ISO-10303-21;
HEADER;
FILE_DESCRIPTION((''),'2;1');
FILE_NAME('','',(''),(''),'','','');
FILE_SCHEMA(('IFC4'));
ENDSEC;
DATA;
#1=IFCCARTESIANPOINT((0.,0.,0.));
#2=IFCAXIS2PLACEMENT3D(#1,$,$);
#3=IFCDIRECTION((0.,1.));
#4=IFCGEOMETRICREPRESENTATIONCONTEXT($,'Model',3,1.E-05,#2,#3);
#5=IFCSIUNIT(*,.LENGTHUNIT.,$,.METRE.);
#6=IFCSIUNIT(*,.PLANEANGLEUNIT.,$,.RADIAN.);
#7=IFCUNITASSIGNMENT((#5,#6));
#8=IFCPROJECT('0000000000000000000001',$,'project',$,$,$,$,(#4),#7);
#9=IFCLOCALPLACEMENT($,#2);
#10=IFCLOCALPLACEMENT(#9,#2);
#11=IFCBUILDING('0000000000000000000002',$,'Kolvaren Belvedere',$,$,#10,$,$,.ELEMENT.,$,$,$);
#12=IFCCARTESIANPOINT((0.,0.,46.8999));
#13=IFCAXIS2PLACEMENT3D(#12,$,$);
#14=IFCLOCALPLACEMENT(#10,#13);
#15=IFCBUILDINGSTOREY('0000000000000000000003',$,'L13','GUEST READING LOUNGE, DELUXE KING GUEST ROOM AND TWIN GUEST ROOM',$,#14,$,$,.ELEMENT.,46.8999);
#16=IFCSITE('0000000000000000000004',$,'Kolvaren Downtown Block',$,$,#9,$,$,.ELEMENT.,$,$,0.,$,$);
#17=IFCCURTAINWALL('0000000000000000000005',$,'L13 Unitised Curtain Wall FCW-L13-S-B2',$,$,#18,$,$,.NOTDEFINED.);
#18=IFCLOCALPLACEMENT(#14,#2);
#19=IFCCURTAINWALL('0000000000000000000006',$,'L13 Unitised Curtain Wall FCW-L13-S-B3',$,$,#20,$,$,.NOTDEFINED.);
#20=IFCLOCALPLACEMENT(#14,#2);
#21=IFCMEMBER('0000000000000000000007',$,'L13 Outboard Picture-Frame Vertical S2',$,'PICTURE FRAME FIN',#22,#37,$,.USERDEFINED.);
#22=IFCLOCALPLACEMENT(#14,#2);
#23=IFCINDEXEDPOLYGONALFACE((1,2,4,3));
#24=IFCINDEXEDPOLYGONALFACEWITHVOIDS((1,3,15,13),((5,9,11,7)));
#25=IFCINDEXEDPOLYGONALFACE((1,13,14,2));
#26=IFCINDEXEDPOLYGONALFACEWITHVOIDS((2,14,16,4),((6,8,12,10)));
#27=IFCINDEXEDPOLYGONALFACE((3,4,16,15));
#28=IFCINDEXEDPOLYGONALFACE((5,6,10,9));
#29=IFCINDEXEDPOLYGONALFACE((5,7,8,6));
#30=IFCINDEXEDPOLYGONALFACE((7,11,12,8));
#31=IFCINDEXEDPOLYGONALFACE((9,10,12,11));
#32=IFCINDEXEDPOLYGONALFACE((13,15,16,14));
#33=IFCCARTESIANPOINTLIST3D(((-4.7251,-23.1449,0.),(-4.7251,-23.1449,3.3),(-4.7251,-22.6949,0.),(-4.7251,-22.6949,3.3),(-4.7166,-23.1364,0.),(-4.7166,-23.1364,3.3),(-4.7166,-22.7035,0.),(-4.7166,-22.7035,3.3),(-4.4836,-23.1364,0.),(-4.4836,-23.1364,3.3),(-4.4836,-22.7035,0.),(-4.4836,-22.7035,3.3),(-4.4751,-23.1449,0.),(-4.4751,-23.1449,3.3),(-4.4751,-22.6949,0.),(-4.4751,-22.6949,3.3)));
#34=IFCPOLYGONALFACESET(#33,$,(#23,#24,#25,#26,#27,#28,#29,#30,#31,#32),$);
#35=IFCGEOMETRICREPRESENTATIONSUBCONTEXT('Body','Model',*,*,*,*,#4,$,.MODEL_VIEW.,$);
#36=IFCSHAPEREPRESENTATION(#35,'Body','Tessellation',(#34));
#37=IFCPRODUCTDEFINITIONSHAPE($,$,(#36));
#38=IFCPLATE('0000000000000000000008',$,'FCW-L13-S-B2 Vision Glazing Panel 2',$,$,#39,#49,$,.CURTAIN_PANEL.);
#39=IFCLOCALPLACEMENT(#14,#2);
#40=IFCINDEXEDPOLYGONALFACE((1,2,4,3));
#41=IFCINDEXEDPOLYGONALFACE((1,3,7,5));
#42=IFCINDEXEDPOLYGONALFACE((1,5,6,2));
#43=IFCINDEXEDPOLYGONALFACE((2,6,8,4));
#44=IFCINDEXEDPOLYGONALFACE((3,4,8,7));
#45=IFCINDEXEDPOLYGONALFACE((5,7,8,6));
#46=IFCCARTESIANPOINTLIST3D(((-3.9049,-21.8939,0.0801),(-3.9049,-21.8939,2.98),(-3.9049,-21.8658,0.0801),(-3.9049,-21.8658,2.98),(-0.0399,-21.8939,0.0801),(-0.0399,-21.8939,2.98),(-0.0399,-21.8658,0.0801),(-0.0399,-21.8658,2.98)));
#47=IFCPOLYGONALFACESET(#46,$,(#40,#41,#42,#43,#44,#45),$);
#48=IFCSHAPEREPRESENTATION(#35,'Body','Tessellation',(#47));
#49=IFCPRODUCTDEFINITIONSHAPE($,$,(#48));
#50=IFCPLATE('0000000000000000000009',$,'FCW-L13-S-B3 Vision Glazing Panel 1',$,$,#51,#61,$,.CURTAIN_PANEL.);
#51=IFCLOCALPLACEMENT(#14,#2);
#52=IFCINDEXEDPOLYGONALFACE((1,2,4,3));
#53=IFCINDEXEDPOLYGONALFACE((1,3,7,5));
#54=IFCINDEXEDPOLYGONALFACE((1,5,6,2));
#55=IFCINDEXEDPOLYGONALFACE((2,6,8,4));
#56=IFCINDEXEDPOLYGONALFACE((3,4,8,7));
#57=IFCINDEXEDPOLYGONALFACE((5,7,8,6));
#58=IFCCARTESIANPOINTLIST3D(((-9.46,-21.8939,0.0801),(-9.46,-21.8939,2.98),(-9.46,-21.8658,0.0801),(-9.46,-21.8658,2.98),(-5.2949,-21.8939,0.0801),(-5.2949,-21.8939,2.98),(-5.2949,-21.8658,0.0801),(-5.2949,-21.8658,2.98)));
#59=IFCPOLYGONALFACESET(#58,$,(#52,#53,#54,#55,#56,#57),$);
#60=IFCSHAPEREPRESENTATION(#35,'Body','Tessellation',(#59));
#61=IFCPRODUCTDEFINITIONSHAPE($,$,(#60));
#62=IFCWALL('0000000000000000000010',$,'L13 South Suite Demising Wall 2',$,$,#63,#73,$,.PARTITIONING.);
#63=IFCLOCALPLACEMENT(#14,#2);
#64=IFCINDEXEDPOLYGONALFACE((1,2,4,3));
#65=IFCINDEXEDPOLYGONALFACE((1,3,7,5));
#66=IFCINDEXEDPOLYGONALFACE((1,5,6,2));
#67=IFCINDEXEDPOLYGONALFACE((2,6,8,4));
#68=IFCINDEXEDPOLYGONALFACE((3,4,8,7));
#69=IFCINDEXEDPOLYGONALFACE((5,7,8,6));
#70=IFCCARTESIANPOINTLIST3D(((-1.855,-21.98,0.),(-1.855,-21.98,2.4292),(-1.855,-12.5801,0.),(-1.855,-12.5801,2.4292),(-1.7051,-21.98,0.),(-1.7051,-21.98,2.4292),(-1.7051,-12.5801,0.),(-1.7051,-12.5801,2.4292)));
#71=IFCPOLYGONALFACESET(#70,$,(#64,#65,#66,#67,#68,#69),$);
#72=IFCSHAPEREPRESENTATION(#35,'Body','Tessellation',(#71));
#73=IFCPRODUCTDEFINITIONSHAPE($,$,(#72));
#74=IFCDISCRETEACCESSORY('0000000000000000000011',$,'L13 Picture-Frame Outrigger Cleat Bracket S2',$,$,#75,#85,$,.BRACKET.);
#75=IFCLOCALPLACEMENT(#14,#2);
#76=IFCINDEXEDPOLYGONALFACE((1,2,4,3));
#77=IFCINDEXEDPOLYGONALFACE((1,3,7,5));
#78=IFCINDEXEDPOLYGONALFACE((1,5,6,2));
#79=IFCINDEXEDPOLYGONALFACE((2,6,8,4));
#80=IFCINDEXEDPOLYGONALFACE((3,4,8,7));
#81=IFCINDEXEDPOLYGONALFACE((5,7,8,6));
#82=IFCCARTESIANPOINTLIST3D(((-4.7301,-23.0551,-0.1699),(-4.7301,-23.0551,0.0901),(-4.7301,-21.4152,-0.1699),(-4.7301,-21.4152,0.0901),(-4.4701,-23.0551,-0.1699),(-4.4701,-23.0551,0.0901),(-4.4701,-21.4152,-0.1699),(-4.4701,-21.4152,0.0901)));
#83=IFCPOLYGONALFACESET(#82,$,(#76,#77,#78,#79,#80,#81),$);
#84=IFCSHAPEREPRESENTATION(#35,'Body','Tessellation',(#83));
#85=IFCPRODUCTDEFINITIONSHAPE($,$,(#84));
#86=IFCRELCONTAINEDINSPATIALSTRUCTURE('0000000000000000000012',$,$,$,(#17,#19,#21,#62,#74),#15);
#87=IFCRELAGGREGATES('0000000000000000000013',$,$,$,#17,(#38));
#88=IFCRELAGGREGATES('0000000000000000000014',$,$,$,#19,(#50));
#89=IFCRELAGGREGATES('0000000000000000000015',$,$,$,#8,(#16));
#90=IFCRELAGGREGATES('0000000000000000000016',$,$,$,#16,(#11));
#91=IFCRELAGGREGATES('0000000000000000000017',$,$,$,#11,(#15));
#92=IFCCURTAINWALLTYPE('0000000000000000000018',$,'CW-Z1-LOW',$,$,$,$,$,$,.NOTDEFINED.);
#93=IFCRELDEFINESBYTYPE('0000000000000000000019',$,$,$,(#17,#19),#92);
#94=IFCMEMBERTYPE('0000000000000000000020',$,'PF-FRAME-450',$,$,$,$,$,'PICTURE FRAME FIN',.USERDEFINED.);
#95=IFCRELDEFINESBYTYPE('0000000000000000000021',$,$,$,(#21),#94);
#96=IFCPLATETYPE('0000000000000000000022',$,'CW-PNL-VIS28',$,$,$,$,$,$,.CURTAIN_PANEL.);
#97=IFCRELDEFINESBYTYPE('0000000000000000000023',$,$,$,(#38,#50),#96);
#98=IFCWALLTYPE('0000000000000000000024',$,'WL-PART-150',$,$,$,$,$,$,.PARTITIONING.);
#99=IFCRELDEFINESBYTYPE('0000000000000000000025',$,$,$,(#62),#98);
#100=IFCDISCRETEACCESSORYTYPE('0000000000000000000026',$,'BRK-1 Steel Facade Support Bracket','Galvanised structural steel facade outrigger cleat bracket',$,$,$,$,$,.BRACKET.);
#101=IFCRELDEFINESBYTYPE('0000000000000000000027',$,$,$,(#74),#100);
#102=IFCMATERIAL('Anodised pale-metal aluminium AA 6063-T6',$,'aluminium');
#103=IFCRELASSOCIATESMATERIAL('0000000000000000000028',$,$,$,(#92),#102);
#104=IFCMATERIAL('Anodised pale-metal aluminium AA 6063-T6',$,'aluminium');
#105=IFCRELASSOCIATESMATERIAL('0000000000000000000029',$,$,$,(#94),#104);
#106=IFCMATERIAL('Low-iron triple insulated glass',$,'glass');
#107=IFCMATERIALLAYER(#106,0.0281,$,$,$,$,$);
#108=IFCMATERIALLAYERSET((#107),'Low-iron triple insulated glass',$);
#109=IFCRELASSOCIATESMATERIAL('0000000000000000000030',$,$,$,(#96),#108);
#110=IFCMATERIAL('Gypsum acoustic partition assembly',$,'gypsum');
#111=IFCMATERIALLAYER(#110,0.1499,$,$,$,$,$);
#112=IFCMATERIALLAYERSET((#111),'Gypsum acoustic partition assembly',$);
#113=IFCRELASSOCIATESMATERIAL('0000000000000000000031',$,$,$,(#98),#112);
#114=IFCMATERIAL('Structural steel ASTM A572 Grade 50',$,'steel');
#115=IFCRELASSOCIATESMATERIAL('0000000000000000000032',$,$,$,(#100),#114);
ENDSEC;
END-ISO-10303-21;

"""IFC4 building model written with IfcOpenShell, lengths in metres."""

from ifc_helpers import new_model, si_unit, direction, frame, frame_2d, origin, origin_2d, place, context, subcontext, project, spatial, rectangle, hollow_rectangle, extrude, material, layer, layer_set, material_profile, profile_set, type_object, element, aggregate, save


model = new_model("IFC4")

# Units and contexts
model_context = context("Model", 3, precision=1e-05, world=origin(), true_north=direction((0.0, 1.0)))
body_context = subcontext(model_context, "Body", "Model", "MODEL_VIEW")
ifc_project = project(units=[si_unit("LENGTHUNIT", "METRE"), si_unit("PLANEANGLEUNIT", "RADIAN")], contexts=[model_context])

# Site, building, storey
site_placement = place(None, origin())
site = spatial("IfcSite", under=ifc_project, at=site_placement, Name="Kolvaren Downtown Block", CompositionType="ELEMENT", RefElevation=0.0)
building_placement = place(site_placement, origin())
building = spatial("IfcBuilding", under=site, at=building_placement, Name="Kolvaren Belvedere", CompositionType="ELEMENT")
storey_placement = place(building_placement, frame((0.0, 0.0, 46.8999)))
storey = spatial("IfcBuildingStorey", under=building, at=storey_placement, Name="L13", Description="GUEST READING LOUNGE, DELUXE KING GUEST ROOM AND TWIN GUEST ROOM", CompositionType="ELEMENT", Elevation=46.8999)

# Curtain wall
ifc_material_1 = material(Name="Anodised pale-metal aluminium AA 6063-T6", Category="aluminium")
curtain_wall_type = type_object("IfcCurtainWallType", Name="CW-Z1-LOW", PredefinedType="NOTDEFINED", material=ifc_material_1)
curtain_wall_1_placement = place(storey_placement, origin())
curtain_wall_1 = element("IfcCurtainWall", 1, at=curtain_wall_1_placement, inside=storey, type_object=curtain_wall_type, Name="L13 Unitised Curtain Wall FCW-L13-S-B2", PredefinedType="NOTDEFINED")

# Curtain wall
curtain_wall_2_placement = place(storey_placement, origin())
curtain_wall_2 = element("IfcCurtainWall", 2, at=curtain_wall_2_placement, inside=storey, type_object=curtain_wall_type, Name="L13 Unitised Curtain Wall FCW-L13-S-B3", PredefinedType="NOTDEFINED")

# Member
ifc_material_2 = material(Name="Anodised pale-metal aluminium AA 6063-T6", Category="aluminium")
ifc_material_profile_1 = material_profile(ifc_material_2, hollow_rectangle(XDim=0.25, YDim=0.45, WallThickness=0.0085, at=origin_2d()), Name="ALU-PF-450X250")
ifc_profile_set_1 = profile_set([ifc_material_profile_1], Name="Anodised pale-metal aluminium AA 6063-T6")
member_type_1 = type_object("IfcMemberType", Name="PF-FRAME-450", ElementType="PICTURE FRAME FIN", PredefinedType="USERDEFINED", material=ifc_profile_set_1)
member_1_placement = place(storey_placement, frame((-4.6001, -22.9199, 0.0), z_axis=(0.0, 0.0, 1.0), x_axis=(1.0, 0.0, 0.0)))
element("IfcMember", 3, at=member_1_placement, inside=storey, type_object=member_type_1, Name="L13 Outboard Picture-Frame Vertical S2", ObjectType="PICTURE FRAME FIN", PredefinedType="USERDEFINED", context=body_context, shape_type="SweptSolid", body=[
    extrude(hollow_rectangle(XDim=0.25, YDim=0.45, WallThickness=0.0085, at=origin_2d()), origin(), (0.0, 0.0, 1.0), 3.3),
])

# Plates
ifc_material_3 = material(Name="Low-iron triple insulated glass", Category="glass")
ifc_layer_1 = layer(ifc_material_3, 0.0281)
ifc_layer_set_1 = layer_set([ifc_layer_1], Name="Low-iron triple insulated glass")
plate_type = type_object("IfcPlateType", Name="CW-PNL-VIS28", PredefinedType="CURTAIN_PANEL", material=ifc_layer_set_1)
plate_1_placement = place(storey_placement, frame((-1.9724, -21.8799, 0.0801), z_axis=(0.0, 0.0, 1.0), x_axis=(-1.0, 0.0, 0.0)))
plate_1 = element("IfcPlate", 4, at=plate_1_placement, type_object=plate_type, Name="FCW-L13-S-B2 Vision Glazing Panel 2", PredefinedType="CURTAIN_PANEL", context=body_context, shape_type="SweptSolid", body=[
    extrude(rectangle(XDim=3.865, YDim=0.0281, at=origin_2d()), origin(), (0.0, 0.0, 1.0), 2.8999),
])
aggregate(curtain_wall_1, [plate_1])
plate_2_placement = place(storey_placement, frame((-7.3774, -21.8799, 0.0801), z_axis=(0.0, 0.0, 1.0), x_axis=(-1.0, 0.0, 0.0)))
plate_2 = element("IfcPlate", 5, at=plate_2_placement, type_object=plate_type, Name="FCW-L13-S-B3 Vision Glazing Panel 1", PredefinedType="CURTAIN_PANEL", context=body_context, shape_type="SweptSolid", body=[
    extrude(rectangle(XDim=4.165, YDim=0.0281, at=origin_2d()), origin(), (0.0, 0.0, 1.0), 2.8999),
])
aggregate(curtain_wall_2, [plate_2])

# Wall
ifc_material_4 = material(Name="Gypsum acoustic partition assembly", Category="gypsum")
ifc_layer_2 = layer(ifc_material_4, 0.1499)
ifc_layer_set_2 = layer_set([ifc_layer_2], Name="Gypsum acoustic partition assembly")
wall_type = type_object("IfcWallType", Name="WL-PART-150", PredefinedType="PARTITIONING", material=ifc_layer_set_2)
wall_placement = place(storey_placement, frame((-1.78, -21.98, 0.0), z_axis=(0.0, 0.0, 1.0), x_axis=(0.0, 1.0, 0.0)))
element("IfcWall", 6, at=wall_placement, inside=storey, type_object=wall_type, Name="L13 South Suite Demising Wall 2", PredefinedType="PARTITIONING", context=body_context, shape_type="SweptSolid", body=[
    extrude(rectangle(XDim=9.3999, YDim=0.1499, at=frame_2d((4.7, 0.0))), origin(), (0.0, 0.0, 1.0), 2.4292),
])

# Discrete accessory
ifc_material_5 = material(Name="Structural steel ASTM A572 Grade 50", Category="steel")
discrete_accessory_type = type_object("IfcDiscreteAccessoryType", Name="BRK-1 Steel Facade Support Bracket", Description="Galvanised structural steel facade outrigger cleat bracket", PredefinedType="BRACKET", material=ifc_material_5)
discrete_accessory_placement = place(storey_placement, frame((-4.6001, -22.2351, -0.1699), z_axis=(0.0, 0.0, 1.0), x_axis=(0.0, 1.0, 0.0)))
element("IfcDiscreteAccessory", 7, at=discrete_accessory_placement, inside=storey, type_object=discrete_accessory_type, Name="L13 Picture-Frame Outrigger Cleat Bracket S2", PredefinedType="BRACKET", context=body_context, shape_type="SweptSolid", body=[
    extrude(rectangle(XDim=1.6399, YDim=0.26, at=origin_2d()), origin(), (0.0, 0.0, 1.0), 0.26),
])

save(model, "model.ifc")
